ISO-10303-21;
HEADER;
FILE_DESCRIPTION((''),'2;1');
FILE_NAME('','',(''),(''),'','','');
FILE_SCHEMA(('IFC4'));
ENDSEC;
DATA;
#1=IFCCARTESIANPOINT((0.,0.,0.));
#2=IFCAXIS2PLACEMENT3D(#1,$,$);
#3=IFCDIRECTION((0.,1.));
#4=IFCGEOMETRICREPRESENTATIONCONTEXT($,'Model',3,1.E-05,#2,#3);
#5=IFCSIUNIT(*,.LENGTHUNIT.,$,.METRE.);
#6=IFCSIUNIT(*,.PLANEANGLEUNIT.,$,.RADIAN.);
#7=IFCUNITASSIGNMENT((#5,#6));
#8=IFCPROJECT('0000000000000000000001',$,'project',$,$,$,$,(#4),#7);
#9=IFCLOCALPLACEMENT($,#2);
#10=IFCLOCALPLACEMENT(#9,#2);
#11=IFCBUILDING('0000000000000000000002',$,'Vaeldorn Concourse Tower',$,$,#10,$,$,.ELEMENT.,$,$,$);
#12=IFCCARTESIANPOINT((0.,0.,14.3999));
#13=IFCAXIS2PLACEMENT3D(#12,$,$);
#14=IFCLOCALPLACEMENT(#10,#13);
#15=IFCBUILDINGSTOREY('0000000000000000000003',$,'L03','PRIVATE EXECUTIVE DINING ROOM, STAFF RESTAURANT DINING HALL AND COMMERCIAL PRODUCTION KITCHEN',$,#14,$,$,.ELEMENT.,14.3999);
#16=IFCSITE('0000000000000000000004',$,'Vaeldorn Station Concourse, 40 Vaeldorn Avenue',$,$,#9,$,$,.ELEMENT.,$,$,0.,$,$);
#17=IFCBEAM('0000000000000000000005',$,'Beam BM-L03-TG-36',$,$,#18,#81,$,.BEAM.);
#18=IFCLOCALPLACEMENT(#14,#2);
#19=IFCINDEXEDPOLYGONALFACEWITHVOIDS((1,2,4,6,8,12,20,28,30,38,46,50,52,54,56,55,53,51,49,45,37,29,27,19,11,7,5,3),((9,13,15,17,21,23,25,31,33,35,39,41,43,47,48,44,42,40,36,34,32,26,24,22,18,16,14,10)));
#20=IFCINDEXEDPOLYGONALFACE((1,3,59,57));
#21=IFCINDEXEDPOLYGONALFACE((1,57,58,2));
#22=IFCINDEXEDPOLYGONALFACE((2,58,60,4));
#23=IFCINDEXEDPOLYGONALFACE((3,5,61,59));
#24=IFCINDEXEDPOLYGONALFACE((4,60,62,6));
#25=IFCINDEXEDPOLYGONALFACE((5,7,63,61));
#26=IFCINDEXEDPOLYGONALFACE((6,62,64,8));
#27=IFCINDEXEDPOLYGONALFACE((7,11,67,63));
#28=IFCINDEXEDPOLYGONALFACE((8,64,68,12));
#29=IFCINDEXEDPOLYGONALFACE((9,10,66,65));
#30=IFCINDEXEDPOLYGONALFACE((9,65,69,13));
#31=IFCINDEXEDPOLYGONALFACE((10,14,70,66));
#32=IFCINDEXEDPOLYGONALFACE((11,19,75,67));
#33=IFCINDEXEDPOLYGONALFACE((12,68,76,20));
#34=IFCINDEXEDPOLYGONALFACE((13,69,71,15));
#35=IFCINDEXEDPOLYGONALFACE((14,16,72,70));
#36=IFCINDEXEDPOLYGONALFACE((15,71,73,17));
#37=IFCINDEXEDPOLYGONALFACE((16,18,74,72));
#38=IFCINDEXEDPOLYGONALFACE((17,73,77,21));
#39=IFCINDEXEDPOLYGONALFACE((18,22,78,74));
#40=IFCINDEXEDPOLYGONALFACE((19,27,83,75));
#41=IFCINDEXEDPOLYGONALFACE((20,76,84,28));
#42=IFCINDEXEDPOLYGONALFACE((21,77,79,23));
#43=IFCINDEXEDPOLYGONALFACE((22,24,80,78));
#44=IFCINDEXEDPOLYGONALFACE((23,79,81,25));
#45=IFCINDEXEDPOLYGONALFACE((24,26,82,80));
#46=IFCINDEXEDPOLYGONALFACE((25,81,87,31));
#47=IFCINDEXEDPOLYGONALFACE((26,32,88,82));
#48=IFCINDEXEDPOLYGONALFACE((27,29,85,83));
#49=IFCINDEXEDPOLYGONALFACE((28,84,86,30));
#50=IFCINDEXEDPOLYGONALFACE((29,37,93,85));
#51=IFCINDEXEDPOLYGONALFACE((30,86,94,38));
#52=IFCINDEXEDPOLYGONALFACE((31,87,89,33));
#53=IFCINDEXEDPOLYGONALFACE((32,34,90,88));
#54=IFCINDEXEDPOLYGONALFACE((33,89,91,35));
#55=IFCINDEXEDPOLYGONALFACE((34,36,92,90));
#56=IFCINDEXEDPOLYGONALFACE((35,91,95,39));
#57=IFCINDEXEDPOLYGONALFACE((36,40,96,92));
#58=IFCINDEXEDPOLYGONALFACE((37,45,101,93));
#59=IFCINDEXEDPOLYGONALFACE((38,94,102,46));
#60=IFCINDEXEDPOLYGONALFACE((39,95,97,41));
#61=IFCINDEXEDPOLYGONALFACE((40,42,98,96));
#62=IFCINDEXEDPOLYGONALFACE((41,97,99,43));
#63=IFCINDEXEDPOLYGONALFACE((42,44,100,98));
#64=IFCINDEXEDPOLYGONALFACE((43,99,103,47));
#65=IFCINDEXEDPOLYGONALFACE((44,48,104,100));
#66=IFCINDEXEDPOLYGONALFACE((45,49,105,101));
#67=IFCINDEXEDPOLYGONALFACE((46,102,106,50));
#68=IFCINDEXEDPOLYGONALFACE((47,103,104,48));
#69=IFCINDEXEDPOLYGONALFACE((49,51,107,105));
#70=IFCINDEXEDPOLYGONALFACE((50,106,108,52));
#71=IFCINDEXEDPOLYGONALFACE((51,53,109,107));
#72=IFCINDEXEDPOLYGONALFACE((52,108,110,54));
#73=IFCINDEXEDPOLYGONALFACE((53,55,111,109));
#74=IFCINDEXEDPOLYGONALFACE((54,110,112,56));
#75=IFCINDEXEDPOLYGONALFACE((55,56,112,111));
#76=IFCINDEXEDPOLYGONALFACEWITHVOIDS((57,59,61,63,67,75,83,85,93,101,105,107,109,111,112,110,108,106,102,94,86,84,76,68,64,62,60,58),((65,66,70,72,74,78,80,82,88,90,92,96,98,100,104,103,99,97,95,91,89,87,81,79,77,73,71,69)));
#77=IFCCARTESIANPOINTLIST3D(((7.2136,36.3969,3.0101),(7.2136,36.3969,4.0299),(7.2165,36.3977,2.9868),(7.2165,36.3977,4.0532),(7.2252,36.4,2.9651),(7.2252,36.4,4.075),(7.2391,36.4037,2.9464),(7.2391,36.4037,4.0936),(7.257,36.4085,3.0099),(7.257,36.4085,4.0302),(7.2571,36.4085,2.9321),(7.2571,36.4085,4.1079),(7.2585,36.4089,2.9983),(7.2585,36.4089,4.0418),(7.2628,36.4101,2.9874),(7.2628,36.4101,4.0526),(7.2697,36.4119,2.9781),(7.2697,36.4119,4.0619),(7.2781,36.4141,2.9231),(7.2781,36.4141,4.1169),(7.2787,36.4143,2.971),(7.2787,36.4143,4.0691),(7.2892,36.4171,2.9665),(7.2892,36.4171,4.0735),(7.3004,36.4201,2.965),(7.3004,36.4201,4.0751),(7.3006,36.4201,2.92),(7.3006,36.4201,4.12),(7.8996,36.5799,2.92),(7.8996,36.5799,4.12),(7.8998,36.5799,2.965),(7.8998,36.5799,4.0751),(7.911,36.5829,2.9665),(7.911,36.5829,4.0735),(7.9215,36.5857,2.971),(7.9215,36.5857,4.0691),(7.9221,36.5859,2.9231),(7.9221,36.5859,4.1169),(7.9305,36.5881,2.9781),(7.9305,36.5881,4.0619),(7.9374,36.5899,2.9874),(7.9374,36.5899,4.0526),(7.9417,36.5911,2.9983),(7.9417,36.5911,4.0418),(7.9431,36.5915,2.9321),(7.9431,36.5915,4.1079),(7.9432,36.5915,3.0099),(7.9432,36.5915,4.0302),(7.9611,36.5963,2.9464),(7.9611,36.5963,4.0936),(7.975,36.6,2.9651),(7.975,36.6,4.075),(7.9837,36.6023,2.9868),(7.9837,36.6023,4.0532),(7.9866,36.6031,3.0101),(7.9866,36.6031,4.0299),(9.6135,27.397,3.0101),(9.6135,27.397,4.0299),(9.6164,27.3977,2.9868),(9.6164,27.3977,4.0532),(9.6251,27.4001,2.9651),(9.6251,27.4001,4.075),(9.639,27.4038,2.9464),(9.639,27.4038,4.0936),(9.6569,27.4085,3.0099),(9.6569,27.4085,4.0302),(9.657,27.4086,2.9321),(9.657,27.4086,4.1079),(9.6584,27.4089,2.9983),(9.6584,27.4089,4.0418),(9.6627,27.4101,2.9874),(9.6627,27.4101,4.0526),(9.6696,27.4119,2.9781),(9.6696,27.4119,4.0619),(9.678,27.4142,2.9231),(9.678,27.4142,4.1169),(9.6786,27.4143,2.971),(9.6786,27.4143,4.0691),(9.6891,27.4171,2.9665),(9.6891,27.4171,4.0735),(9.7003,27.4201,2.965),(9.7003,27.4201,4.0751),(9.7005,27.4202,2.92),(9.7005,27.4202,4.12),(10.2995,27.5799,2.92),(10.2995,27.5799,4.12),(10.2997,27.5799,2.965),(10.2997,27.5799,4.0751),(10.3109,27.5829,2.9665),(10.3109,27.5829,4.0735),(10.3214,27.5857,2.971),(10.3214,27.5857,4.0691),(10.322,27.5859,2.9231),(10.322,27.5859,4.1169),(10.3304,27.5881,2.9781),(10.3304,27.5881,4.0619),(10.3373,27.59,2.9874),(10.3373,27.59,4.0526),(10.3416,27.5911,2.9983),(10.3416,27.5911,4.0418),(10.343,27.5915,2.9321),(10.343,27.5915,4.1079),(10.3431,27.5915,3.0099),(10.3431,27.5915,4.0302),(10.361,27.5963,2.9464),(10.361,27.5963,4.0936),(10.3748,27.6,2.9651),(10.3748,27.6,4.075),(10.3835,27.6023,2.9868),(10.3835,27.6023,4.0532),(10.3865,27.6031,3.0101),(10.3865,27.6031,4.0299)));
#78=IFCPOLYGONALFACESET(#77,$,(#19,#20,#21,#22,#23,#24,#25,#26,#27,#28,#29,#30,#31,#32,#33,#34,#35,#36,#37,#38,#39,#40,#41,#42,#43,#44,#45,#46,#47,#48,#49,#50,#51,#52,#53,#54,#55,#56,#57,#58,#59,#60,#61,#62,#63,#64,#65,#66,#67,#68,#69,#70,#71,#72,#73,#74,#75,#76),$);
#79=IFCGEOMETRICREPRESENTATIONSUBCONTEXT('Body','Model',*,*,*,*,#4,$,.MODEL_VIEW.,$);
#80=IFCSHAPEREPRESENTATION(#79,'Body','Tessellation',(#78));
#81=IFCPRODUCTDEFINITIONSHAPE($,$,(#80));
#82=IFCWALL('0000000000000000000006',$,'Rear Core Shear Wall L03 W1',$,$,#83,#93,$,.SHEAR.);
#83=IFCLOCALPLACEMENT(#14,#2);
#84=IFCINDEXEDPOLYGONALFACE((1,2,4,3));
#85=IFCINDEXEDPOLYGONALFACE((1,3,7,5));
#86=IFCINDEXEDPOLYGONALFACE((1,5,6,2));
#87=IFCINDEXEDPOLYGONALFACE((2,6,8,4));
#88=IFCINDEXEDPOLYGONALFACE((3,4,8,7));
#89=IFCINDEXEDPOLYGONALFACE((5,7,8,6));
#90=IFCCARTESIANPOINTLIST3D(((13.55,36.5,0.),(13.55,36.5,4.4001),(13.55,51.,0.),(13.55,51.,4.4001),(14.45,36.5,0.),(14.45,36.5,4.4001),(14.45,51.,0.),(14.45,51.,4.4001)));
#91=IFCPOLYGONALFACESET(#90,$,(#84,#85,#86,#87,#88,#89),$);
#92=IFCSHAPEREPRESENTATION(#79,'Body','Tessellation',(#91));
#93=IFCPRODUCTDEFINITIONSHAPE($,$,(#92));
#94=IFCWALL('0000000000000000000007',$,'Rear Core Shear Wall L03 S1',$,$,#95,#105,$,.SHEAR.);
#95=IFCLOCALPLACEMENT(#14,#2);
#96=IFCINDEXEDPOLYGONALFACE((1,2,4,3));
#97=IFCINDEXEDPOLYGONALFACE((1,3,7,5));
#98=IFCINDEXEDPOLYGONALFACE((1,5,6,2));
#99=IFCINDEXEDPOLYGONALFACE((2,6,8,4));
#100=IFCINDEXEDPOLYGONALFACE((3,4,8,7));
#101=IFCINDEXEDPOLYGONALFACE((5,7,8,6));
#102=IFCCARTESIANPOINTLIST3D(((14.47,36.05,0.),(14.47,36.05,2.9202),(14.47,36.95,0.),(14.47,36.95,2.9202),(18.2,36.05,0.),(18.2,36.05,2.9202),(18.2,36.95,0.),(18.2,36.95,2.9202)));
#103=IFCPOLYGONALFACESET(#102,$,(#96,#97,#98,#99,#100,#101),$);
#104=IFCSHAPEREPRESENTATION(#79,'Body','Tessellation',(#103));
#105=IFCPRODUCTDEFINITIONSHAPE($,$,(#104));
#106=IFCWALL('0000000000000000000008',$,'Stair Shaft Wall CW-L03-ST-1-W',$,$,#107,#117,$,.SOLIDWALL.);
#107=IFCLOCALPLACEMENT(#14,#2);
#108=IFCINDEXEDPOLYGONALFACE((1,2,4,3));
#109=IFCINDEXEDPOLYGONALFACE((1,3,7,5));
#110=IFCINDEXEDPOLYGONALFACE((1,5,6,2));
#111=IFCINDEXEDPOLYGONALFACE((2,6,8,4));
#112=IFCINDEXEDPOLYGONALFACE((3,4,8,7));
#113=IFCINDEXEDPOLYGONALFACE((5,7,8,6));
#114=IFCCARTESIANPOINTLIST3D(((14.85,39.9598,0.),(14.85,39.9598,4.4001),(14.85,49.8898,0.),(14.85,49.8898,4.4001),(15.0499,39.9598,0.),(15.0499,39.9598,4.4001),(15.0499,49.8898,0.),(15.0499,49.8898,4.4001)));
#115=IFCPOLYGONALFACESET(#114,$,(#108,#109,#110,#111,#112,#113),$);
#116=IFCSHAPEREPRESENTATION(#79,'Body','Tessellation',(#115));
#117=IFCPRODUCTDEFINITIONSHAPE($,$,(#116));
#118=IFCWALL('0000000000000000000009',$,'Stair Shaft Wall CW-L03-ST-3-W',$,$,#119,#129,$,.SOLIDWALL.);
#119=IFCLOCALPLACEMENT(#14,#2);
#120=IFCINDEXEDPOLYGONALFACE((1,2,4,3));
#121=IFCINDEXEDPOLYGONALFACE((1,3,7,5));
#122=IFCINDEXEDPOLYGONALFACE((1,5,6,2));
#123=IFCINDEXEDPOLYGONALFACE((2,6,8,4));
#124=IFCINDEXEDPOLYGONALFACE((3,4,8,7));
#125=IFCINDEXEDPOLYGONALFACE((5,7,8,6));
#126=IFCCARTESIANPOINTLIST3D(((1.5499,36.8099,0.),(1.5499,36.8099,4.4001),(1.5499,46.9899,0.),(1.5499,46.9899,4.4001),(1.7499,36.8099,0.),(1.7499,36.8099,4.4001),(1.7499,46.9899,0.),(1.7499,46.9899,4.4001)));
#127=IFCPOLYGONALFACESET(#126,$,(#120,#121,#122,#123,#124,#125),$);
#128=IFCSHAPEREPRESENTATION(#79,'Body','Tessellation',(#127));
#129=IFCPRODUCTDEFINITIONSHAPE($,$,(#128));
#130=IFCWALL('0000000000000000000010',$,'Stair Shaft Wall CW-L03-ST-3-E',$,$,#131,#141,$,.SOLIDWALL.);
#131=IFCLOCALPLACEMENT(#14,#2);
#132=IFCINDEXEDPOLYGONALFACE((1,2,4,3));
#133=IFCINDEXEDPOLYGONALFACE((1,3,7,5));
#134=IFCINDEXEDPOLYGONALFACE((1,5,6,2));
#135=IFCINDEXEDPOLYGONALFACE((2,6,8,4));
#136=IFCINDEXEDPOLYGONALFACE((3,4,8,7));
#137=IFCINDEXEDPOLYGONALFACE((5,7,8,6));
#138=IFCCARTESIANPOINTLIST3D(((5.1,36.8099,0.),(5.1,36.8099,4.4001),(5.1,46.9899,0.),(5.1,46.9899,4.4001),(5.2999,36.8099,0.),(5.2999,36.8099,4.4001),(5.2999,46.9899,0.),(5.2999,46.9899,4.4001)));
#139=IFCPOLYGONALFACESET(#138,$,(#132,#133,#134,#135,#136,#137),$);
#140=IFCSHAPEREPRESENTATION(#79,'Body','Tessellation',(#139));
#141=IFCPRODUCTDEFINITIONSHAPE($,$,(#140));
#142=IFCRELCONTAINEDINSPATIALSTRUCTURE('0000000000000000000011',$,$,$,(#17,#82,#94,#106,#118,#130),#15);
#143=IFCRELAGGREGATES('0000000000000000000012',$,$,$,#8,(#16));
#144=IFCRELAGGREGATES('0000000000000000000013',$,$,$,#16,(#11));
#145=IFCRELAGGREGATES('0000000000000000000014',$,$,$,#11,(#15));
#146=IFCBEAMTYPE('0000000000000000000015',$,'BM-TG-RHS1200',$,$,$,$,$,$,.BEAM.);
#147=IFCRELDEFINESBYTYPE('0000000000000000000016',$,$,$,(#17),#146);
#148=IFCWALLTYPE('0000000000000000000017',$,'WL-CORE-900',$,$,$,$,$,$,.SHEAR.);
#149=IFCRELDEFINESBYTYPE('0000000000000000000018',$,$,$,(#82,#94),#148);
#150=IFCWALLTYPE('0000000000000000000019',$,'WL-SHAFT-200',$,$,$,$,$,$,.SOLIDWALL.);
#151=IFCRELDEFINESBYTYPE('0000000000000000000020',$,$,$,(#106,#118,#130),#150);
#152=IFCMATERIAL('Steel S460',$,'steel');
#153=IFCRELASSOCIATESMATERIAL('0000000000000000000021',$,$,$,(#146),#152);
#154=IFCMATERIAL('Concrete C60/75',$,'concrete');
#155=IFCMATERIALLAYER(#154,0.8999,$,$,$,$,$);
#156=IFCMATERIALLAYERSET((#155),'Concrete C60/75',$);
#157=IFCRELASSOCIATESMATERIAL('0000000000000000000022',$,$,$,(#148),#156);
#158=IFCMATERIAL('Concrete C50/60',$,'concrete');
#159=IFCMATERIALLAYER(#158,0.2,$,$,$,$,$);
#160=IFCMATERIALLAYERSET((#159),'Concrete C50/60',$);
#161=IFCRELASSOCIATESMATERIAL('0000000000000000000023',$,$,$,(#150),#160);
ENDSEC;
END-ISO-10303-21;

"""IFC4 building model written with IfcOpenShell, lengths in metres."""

from ifc_helpers import new_model, si_unit, direction, frame, frame_2d, origin, origin_2d, place, context, subcontext, project, spatial, rectangle, hollow_rectangle, extrude, source, transform, mapped, material, layer, layer_set, material_profile, profile_set, type_object, element, save


model = new_model("IFC4")

# Units and contexts
model_context = context("Model", 3, precision=1e-05, world=origin(), true_north=direction((0.0, 1.0)))
body_context = subcontext(model_context, "Body", "Model", "MODEL_VIEW")
ifc_project = project(units=[si_unit("LENGTHUNIT", "METRE"), si_unit("PLANEANGLEUNIT", "RADIAN")], contexts=[model_context])

# Site, building, storey
site_placement = place(None, origin())
site = spatial("IfcSite", under=ifc_project, at=site_placement, Name="Vaeldorn Station Concourse, 40 Vaeldorn Avenue", CompositionType="ELEMENT", RefElevation=0.0)
building_placement = place(site_placement, origin())
building = spatial("IfcBuilding", under=site, at=building_placement, Name="Vaeldorn Concourse Tower", CompositionType="ELEMENT")
storey_placement = place(building_placement, frame((0.0, 0.0, 14.3999)))
storey = spatial("IfcBuildingStorey", under=building, at=storey_placement, Name="L03", Description="PRIVATE EXECUTIVE DINING ROOM, STAFF RESTAURANT DINING HALL AND COMMERCIAL PRODUCTION KITCHEN", CompositionType="ELEMENT", Elevation=14.3999)

# Shared definitions
ifc_material_1 = material(Name="Concrete C60/75", Category="concrete")
ifc_material_2 = material(Name="Steel S460", Category="steel")

# Beam
ifc_material_profile_1 = material_profile(ifc_material_2, hollow_rectangle(XDim=0.8, YDim=1.2, WallThickness=0.0449, InnerFilletRadius=0.0449, OuterFilletRadius=0.0901, at=origin_2d()), Name="RHS 1200x800x45")
ifc_profile_set_1 = profile_set([ifc_material_profile_1], Name="Steel S460")
beam_type_1 = type_object("IfcBeamType", Name="BM-TG-RHS1200", PredefinedType="BEAM", material=ifc_profile_set_1)
shared_shape_1 = source(origin(), body_context, "Body", "SweptSolid", [
    extrude(hollow_rectangle(XDim=0.8, YDim=1.2, WallThickness=0.0449, InnerFilletRadius=0.0449, OuterFilletRadius=0.0901, at=origin_2d()), origin(), (0.0, 0.0, 1.0), 9.3145),
])
beam_1_placement = place(storey_placement, frame((7.6001, 36.5, 3.52), z_axis=(0.257653, -0.966238, 0.0), x_axis=(0.966238, 0.257653, 0.0)))
element("IfcBeam", 1, at=beam_1_placement, inside=storey, type_object=beam_type_1, Name="Beam BM-L03-TG-36", PredefinedType="BEAM", context=body_context, shape_type="MappedRepresentation", body=[
    mapped(shared_shape_1, transform((0.0, 0.0, 0.0), scale=1.0)),
])

# Walls
ifc_layer_1 = layer(ifc_material_1, 0.8999)
ifc_layer_set_1 = layer_set([ifc_layer_1], Name="Concrete C60/75")
wall_type_1 = type_object("IfcWallType", Name="WL-CORE-900", PredefinedType="SHEAR", material=ifc_layer_set_1)
wall_1_placement = place(storey_placement, frame((14.0, 36.5, 0.0), z_axis=(0.0, 0.0, 1.0), x_axis=(0.0, 1.0, 0.0)))
element("IfcWall", 2, at=wall_1_placement, inside=storey, type_object=wall_type_1, Name="Rear Core Shear Wall L03 W1", PredefinedType="SHEAR", context=body_context, shape_type="SweptSolid", body=[
    extrude(rectangle(XDim=14.5, YDim=0.8999, at=frame_2d((7.25, 0.0))), origin(), (0.0, 0.0, 1.0), 4.4001),
])
wall_2_placement = place(storey_placement, frame((14.47, 36.5, 0.0), z_axis=(0.0, 0.0, 1.0), x_axis=(1.0, 0.0, 0.0)))
element("IfcWall", 3, at=wall_2_placement, inside=storey, type_object=wall_type_1, Name="Rear Core Shear Wall L03 S1", PredefinedType="SHEAR", context=body_context, shape_type="SweptSolid", body=[
    extrude(rectangle(XDim=3.73, YDim=0.8999, at=frame_2d((1.865, 0.0))), origin(), (0.0, 0.0, 1.0), 2.9202),
])

# Shared definitions
ifc_material_3 = material(Name="Concrete C50/60", Category="concrete")
ifc_layer_2 = layer(ifc_material_3, 0.2)
ifc_layer_set_2 = layer_set([ifc_layer_2], Name="Concrete C50/60")
wall_type_2 = type_object("IfcWallType", Name="WL-SHAFT-200", PredefinedType="SOLIDWALL", material=ifc_layer_set_2)

# Walls
wall_3_placement = place(storey_placement, frame((14.95, 39.96, 0.0), z_axis=(0.0, 0.0, 1.0), x_axis=(0.0, 1.0, 0.0)))
element("IfcWall", 4, at=wall_3_placement, inside=storey, type_object=wall_type_2, Name="Stair Shaft Wall CW-L03-ST-1-W", PredefinedType="SOLIDWALL", context=body_context, shape_type="SweptSolid", body=[
    extrude(rectangle(XDim=9.9299, YDim=0.2, at=frame_2d((4.9648, 0.0))), origin(), (0.0, 0.0, 1.0), 4.4001),
])
for number, where, z_axis, x_axis, name in (
    (5, (1.6499, 36.8101, 0.0), (0.0, 0.0, 1.0), (0.0, 1.0, 0.0), "Stair Shaft Wall CW-L03-ST-3-W"),
    (6, (5.2, 36.8101, 0.0), (0.0, 0.0, 1.0), (0.0, 1.0, 0.0), "Stair Shaft Wall CW-L03-ST-3-E"),
):
    element("IfcWall", number, at=place(storey_placement, frame(where, z_axis=z_axis, x_axis=x_axis)), inside=storey, type_object=wall_type_2, Name=name, PredefinedType="SOLIDWALL", context=body_context, shape_type="SweptSolid", body=[
        extrude(rectangle(XDim=10.1799, YDim=0.2, at=frame_2d((5.0898, 0.0))), origin(), (0.0, 0.0, 1.0), 4.4001),
    ])

save(model, "model.ifc")
